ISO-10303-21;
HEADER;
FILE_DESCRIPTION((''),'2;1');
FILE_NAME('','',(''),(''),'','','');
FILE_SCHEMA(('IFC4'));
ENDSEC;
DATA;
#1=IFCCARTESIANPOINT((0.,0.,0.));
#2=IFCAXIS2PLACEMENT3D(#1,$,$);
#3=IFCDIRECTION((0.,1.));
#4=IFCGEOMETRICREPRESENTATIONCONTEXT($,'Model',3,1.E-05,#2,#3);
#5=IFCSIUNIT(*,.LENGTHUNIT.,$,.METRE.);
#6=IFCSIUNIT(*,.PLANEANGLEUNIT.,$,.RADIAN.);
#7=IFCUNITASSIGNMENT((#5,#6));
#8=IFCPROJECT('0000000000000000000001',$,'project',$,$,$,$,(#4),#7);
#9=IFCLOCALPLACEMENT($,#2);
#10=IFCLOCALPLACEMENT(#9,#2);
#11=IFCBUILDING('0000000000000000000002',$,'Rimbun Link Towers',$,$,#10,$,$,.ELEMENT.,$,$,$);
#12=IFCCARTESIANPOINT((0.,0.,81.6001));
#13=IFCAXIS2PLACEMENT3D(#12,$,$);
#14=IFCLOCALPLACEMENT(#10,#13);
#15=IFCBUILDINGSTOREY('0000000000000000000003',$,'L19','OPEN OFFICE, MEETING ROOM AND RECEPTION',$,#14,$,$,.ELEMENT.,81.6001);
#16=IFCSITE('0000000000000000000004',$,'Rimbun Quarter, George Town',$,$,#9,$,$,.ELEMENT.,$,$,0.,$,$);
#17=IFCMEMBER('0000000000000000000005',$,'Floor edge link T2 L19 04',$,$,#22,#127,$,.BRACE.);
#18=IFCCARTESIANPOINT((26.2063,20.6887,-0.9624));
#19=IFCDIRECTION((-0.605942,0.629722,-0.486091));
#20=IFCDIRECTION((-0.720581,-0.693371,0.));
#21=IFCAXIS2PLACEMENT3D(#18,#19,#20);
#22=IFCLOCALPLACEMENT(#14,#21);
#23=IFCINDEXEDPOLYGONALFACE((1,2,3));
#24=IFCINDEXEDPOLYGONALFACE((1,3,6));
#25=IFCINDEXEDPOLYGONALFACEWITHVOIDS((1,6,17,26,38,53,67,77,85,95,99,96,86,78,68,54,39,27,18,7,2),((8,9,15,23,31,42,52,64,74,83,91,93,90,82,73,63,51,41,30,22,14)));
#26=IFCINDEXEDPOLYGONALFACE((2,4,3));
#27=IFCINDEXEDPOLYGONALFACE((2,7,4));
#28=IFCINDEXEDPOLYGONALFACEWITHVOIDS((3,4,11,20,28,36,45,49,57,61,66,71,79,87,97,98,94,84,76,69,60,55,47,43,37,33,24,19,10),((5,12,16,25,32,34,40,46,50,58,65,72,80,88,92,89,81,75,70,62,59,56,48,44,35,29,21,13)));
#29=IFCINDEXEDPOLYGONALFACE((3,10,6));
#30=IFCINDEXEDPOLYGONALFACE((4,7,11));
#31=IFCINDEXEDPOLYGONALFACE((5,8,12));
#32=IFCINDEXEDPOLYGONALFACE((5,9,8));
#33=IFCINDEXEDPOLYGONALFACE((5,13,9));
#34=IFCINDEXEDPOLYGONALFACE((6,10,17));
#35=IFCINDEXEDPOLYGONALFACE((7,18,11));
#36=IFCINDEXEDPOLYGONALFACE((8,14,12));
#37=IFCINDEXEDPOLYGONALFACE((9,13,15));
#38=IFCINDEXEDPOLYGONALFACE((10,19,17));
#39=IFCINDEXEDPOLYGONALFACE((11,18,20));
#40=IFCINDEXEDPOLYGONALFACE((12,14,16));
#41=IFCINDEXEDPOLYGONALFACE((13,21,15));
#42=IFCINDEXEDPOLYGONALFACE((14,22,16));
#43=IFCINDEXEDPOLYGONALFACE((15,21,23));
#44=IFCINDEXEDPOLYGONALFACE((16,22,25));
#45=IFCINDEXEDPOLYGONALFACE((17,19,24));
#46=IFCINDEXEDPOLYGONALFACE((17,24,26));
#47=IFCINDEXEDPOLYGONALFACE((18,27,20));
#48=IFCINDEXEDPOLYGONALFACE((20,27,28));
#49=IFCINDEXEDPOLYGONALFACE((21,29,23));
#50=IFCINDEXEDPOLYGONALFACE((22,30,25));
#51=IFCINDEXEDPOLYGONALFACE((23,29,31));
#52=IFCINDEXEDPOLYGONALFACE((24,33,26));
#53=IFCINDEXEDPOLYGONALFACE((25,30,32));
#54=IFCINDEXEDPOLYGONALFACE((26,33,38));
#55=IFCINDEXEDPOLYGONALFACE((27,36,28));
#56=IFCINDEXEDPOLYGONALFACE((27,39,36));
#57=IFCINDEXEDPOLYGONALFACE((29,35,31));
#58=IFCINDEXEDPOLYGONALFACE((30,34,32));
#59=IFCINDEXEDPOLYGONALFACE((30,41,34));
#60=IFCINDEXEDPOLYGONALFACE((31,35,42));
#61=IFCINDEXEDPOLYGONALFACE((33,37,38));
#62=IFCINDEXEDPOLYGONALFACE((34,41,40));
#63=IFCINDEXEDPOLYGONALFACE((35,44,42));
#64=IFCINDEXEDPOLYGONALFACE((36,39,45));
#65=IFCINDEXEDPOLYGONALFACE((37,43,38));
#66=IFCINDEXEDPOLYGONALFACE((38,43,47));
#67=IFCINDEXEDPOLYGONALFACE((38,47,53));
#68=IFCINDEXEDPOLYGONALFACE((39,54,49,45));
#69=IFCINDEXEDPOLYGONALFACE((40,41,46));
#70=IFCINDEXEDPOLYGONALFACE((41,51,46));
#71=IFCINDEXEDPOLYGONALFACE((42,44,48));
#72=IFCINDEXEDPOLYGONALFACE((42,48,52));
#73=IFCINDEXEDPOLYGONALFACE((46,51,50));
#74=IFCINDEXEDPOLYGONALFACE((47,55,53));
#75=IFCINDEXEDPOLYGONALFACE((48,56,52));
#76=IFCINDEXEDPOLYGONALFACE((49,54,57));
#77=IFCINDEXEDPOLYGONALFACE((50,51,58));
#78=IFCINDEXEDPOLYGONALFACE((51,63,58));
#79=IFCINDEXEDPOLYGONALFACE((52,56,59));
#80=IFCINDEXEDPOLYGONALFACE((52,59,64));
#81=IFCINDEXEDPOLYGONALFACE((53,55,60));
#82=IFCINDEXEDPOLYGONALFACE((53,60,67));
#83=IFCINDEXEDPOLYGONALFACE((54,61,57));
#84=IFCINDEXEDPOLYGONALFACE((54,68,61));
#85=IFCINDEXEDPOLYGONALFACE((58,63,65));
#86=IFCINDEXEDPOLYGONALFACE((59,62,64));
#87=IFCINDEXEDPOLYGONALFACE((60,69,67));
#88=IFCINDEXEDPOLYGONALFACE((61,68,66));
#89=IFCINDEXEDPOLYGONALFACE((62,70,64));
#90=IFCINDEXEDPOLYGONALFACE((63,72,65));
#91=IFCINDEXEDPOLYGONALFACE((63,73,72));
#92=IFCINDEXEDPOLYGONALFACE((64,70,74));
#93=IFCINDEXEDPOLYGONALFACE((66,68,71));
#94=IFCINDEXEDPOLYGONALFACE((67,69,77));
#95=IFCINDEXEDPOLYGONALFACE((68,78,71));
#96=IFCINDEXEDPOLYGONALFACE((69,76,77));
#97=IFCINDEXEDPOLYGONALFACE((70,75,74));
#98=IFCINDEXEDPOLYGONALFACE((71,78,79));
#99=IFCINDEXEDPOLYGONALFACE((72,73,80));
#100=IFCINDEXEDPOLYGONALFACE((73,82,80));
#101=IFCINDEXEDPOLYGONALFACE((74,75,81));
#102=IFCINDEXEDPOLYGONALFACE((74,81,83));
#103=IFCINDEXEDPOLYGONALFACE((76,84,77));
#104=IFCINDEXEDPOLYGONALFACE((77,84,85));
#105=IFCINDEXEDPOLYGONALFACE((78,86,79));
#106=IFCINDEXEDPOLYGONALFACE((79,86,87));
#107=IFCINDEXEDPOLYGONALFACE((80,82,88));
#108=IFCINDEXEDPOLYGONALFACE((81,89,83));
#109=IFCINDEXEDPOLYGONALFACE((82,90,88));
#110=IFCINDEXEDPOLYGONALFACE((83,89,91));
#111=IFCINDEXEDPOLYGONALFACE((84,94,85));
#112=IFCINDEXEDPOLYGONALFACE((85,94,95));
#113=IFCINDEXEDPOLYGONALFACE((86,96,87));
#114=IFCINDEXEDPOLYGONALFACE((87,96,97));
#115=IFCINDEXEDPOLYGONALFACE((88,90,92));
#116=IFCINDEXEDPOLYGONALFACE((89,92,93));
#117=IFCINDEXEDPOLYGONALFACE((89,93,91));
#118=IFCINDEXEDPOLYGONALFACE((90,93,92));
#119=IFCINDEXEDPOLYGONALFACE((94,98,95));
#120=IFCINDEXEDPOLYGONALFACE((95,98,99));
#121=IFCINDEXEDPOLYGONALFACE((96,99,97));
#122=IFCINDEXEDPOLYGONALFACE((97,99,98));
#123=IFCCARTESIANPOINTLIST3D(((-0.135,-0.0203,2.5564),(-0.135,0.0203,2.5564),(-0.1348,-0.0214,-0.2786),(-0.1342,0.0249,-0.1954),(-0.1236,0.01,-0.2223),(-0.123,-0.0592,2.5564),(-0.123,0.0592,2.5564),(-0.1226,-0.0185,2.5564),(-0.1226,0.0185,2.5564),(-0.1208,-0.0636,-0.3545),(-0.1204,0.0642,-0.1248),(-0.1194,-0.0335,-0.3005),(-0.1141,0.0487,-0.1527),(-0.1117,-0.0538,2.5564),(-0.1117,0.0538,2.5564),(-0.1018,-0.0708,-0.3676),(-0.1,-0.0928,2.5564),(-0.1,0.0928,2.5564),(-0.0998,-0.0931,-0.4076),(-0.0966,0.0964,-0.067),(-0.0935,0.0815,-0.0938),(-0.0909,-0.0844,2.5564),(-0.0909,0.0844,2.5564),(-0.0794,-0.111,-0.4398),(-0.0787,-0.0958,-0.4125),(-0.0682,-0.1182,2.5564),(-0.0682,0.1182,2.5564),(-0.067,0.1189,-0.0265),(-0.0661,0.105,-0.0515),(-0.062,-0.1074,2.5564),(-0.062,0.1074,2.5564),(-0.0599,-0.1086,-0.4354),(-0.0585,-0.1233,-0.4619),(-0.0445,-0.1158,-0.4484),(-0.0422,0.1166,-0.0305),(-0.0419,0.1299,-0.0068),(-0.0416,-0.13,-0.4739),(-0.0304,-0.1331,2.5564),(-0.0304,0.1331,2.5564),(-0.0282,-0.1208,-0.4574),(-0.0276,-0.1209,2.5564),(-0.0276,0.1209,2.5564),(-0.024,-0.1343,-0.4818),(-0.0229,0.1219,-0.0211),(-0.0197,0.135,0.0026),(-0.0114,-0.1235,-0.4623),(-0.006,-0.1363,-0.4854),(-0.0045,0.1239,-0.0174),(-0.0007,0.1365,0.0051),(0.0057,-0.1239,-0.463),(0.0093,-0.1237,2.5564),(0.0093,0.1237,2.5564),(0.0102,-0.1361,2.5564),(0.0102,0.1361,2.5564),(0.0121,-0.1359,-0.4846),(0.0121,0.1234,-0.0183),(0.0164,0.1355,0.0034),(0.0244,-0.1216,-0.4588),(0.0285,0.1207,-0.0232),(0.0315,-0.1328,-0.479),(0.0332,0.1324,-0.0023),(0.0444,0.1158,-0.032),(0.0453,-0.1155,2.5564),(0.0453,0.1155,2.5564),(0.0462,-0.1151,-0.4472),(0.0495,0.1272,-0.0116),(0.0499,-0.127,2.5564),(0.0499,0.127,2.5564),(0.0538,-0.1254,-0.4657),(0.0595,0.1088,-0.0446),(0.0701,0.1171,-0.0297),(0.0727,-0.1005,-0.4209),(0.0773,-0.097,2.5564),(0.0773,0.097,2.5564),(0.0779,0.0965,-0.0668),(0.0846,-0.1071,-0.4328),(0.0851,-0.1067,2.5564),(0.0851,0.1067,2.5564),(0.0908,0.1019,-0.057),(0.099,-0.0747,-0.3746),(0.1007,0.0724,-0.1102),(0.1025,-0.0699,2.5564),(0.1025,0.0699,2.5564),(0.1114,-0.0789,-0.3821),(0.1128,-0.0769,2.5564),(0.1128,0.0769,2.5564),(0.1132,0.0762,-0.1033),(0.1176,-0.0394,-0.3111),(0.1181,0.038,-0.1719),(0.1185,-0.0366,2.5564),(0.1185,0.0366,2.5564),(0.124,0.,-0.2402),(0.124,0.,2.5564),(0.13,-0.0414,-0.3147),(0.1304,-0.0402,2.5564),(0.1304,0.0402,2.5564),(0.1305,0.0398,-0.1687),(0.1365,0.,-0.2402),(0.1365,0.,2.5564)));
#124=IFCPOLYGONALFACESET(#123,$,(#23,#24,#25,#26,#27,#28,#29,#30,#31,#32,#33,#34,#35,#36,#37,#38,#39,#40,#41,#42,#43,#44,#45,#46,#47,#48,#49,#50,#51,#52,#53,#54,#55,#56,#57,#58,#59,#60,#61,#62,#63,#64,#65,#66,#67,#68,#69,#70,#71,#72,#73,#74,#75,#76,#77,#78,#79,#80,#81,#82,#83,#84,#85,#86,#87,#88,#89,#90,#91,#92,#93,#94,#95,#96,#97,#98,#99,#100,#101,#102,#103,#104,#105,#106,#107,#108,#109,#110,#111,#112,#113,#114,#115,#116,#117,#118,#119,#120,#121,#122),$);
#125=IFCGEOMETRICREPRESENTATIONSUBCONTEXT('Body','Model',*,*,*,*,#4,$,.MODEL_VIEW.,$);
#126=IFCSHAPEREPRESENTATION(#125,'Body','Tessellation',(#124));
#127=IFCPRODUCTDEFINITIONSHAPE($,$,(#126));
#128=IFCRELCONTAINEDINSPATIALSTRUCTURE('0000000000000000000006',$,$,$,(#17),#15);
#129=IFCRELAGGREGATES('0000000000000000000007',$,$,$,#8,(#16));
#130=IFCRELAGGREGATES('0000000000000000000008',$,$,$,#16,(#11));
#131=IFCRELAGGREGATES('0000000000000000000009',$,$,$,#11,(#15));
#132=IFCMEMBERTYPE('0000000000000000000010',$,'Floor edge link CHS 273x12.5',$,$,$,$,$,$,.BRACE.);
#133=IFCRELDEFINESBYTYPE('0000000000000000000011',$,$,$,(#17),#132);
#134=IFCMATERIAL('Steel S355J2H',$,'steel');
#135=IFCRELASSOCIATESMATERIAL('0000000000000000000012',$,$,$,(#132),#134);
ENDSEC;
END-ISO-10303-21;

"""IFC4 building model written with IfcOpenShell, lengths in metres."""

from ifc_helpers import new_model, si_unit, direction, frame, origin, origin_2d, place, context, subcontext, project, spatial, hollow_circle, extrude, clip, halfspace, material, material_profile, profile_set, type_object, element, save


model = new_model("IFC4")

# Units and contexts
model_context = context("Model", 3, precision=1e-05, world=origin(), true_north=direction((0.0, 1.0)))
body_context = subcontext(model_context, "Body", "Model", "MODEL_VIEW")
ifc_project = project(units=[si_unit("LENGTHUNIT", "METRE"), si_unit("PLANEANGLEUNIT", "RADIAN")], contexts=[model_context])

# Site, building, storey
site_placement = place(None, origin())
site = spatial("IfcSite", under=ifc_project, at=site_placement, Name="Rimbun Quarter, George Town", CompositionType="ELEMENT", RefElevation=0.0)
building_placement = place(site_placement, origin())
building = spatial("IfcBuilding", under=site, at=building_placement, Name="Rimbun Link Towers", CompositionType="ELEMENT")
storey_placement = place(building_placement, frame((0.0, 0.0, 81.6001)))
storey = spatial("IfcBuildingStorey", under=building, at=storey_placement, Name="L19", Description="OPEN OFFICE, MEETING ROOM AND RECEPTION", CompositionType="ELEMENT", Elevation=81.6001)

# Member
ifc_material_1 = material(Name="Steel S355J2H", Category="steel")
ifc_material_profile_1 = material_profile(ifc_material_1, hollow_circle(Radius=0.1365, WallThickness=0.0125, at=origin_2d()), Name="CHS 273x12.5")
ifc_profile_set_1 = profile_set([ifc_material_profile_1], Name="Steel S355J2H")
member_type = type_object("IfcMemberType", Name="Floor edge link CHS 273x12.5", PredefinedType="BRACE", material=ifc_profile_set_1)
member_placement = place(storey_placement, frame((26.2063, 20.6887, -0.9624), z_axis=(-0.605942, 0.629722, -0.486091), x_axis=(-0.720581, -0.693371, 0.0)))
element("IfcMember", 1, at=member_placement, inside=storey, type_object=member_type, Name="Floor edge link T2 L19 04", PredefinedType="BRACE", context=body_context, shape_type="Clipping", body=[
    clip(extrude(hollow_circle(Radius=0.1365, WallThickness=0.0125, at=origin_2d()), frame((0.0, 0.0, -0.5115)), (0.0, 0.0, 1.0), 3.0679), halfspace(frame((0.0, 0.0, -0.2402), z_axis=(0.0, 0.873908, -0.486091)), False)),
])

save(model, "model.ifc")
